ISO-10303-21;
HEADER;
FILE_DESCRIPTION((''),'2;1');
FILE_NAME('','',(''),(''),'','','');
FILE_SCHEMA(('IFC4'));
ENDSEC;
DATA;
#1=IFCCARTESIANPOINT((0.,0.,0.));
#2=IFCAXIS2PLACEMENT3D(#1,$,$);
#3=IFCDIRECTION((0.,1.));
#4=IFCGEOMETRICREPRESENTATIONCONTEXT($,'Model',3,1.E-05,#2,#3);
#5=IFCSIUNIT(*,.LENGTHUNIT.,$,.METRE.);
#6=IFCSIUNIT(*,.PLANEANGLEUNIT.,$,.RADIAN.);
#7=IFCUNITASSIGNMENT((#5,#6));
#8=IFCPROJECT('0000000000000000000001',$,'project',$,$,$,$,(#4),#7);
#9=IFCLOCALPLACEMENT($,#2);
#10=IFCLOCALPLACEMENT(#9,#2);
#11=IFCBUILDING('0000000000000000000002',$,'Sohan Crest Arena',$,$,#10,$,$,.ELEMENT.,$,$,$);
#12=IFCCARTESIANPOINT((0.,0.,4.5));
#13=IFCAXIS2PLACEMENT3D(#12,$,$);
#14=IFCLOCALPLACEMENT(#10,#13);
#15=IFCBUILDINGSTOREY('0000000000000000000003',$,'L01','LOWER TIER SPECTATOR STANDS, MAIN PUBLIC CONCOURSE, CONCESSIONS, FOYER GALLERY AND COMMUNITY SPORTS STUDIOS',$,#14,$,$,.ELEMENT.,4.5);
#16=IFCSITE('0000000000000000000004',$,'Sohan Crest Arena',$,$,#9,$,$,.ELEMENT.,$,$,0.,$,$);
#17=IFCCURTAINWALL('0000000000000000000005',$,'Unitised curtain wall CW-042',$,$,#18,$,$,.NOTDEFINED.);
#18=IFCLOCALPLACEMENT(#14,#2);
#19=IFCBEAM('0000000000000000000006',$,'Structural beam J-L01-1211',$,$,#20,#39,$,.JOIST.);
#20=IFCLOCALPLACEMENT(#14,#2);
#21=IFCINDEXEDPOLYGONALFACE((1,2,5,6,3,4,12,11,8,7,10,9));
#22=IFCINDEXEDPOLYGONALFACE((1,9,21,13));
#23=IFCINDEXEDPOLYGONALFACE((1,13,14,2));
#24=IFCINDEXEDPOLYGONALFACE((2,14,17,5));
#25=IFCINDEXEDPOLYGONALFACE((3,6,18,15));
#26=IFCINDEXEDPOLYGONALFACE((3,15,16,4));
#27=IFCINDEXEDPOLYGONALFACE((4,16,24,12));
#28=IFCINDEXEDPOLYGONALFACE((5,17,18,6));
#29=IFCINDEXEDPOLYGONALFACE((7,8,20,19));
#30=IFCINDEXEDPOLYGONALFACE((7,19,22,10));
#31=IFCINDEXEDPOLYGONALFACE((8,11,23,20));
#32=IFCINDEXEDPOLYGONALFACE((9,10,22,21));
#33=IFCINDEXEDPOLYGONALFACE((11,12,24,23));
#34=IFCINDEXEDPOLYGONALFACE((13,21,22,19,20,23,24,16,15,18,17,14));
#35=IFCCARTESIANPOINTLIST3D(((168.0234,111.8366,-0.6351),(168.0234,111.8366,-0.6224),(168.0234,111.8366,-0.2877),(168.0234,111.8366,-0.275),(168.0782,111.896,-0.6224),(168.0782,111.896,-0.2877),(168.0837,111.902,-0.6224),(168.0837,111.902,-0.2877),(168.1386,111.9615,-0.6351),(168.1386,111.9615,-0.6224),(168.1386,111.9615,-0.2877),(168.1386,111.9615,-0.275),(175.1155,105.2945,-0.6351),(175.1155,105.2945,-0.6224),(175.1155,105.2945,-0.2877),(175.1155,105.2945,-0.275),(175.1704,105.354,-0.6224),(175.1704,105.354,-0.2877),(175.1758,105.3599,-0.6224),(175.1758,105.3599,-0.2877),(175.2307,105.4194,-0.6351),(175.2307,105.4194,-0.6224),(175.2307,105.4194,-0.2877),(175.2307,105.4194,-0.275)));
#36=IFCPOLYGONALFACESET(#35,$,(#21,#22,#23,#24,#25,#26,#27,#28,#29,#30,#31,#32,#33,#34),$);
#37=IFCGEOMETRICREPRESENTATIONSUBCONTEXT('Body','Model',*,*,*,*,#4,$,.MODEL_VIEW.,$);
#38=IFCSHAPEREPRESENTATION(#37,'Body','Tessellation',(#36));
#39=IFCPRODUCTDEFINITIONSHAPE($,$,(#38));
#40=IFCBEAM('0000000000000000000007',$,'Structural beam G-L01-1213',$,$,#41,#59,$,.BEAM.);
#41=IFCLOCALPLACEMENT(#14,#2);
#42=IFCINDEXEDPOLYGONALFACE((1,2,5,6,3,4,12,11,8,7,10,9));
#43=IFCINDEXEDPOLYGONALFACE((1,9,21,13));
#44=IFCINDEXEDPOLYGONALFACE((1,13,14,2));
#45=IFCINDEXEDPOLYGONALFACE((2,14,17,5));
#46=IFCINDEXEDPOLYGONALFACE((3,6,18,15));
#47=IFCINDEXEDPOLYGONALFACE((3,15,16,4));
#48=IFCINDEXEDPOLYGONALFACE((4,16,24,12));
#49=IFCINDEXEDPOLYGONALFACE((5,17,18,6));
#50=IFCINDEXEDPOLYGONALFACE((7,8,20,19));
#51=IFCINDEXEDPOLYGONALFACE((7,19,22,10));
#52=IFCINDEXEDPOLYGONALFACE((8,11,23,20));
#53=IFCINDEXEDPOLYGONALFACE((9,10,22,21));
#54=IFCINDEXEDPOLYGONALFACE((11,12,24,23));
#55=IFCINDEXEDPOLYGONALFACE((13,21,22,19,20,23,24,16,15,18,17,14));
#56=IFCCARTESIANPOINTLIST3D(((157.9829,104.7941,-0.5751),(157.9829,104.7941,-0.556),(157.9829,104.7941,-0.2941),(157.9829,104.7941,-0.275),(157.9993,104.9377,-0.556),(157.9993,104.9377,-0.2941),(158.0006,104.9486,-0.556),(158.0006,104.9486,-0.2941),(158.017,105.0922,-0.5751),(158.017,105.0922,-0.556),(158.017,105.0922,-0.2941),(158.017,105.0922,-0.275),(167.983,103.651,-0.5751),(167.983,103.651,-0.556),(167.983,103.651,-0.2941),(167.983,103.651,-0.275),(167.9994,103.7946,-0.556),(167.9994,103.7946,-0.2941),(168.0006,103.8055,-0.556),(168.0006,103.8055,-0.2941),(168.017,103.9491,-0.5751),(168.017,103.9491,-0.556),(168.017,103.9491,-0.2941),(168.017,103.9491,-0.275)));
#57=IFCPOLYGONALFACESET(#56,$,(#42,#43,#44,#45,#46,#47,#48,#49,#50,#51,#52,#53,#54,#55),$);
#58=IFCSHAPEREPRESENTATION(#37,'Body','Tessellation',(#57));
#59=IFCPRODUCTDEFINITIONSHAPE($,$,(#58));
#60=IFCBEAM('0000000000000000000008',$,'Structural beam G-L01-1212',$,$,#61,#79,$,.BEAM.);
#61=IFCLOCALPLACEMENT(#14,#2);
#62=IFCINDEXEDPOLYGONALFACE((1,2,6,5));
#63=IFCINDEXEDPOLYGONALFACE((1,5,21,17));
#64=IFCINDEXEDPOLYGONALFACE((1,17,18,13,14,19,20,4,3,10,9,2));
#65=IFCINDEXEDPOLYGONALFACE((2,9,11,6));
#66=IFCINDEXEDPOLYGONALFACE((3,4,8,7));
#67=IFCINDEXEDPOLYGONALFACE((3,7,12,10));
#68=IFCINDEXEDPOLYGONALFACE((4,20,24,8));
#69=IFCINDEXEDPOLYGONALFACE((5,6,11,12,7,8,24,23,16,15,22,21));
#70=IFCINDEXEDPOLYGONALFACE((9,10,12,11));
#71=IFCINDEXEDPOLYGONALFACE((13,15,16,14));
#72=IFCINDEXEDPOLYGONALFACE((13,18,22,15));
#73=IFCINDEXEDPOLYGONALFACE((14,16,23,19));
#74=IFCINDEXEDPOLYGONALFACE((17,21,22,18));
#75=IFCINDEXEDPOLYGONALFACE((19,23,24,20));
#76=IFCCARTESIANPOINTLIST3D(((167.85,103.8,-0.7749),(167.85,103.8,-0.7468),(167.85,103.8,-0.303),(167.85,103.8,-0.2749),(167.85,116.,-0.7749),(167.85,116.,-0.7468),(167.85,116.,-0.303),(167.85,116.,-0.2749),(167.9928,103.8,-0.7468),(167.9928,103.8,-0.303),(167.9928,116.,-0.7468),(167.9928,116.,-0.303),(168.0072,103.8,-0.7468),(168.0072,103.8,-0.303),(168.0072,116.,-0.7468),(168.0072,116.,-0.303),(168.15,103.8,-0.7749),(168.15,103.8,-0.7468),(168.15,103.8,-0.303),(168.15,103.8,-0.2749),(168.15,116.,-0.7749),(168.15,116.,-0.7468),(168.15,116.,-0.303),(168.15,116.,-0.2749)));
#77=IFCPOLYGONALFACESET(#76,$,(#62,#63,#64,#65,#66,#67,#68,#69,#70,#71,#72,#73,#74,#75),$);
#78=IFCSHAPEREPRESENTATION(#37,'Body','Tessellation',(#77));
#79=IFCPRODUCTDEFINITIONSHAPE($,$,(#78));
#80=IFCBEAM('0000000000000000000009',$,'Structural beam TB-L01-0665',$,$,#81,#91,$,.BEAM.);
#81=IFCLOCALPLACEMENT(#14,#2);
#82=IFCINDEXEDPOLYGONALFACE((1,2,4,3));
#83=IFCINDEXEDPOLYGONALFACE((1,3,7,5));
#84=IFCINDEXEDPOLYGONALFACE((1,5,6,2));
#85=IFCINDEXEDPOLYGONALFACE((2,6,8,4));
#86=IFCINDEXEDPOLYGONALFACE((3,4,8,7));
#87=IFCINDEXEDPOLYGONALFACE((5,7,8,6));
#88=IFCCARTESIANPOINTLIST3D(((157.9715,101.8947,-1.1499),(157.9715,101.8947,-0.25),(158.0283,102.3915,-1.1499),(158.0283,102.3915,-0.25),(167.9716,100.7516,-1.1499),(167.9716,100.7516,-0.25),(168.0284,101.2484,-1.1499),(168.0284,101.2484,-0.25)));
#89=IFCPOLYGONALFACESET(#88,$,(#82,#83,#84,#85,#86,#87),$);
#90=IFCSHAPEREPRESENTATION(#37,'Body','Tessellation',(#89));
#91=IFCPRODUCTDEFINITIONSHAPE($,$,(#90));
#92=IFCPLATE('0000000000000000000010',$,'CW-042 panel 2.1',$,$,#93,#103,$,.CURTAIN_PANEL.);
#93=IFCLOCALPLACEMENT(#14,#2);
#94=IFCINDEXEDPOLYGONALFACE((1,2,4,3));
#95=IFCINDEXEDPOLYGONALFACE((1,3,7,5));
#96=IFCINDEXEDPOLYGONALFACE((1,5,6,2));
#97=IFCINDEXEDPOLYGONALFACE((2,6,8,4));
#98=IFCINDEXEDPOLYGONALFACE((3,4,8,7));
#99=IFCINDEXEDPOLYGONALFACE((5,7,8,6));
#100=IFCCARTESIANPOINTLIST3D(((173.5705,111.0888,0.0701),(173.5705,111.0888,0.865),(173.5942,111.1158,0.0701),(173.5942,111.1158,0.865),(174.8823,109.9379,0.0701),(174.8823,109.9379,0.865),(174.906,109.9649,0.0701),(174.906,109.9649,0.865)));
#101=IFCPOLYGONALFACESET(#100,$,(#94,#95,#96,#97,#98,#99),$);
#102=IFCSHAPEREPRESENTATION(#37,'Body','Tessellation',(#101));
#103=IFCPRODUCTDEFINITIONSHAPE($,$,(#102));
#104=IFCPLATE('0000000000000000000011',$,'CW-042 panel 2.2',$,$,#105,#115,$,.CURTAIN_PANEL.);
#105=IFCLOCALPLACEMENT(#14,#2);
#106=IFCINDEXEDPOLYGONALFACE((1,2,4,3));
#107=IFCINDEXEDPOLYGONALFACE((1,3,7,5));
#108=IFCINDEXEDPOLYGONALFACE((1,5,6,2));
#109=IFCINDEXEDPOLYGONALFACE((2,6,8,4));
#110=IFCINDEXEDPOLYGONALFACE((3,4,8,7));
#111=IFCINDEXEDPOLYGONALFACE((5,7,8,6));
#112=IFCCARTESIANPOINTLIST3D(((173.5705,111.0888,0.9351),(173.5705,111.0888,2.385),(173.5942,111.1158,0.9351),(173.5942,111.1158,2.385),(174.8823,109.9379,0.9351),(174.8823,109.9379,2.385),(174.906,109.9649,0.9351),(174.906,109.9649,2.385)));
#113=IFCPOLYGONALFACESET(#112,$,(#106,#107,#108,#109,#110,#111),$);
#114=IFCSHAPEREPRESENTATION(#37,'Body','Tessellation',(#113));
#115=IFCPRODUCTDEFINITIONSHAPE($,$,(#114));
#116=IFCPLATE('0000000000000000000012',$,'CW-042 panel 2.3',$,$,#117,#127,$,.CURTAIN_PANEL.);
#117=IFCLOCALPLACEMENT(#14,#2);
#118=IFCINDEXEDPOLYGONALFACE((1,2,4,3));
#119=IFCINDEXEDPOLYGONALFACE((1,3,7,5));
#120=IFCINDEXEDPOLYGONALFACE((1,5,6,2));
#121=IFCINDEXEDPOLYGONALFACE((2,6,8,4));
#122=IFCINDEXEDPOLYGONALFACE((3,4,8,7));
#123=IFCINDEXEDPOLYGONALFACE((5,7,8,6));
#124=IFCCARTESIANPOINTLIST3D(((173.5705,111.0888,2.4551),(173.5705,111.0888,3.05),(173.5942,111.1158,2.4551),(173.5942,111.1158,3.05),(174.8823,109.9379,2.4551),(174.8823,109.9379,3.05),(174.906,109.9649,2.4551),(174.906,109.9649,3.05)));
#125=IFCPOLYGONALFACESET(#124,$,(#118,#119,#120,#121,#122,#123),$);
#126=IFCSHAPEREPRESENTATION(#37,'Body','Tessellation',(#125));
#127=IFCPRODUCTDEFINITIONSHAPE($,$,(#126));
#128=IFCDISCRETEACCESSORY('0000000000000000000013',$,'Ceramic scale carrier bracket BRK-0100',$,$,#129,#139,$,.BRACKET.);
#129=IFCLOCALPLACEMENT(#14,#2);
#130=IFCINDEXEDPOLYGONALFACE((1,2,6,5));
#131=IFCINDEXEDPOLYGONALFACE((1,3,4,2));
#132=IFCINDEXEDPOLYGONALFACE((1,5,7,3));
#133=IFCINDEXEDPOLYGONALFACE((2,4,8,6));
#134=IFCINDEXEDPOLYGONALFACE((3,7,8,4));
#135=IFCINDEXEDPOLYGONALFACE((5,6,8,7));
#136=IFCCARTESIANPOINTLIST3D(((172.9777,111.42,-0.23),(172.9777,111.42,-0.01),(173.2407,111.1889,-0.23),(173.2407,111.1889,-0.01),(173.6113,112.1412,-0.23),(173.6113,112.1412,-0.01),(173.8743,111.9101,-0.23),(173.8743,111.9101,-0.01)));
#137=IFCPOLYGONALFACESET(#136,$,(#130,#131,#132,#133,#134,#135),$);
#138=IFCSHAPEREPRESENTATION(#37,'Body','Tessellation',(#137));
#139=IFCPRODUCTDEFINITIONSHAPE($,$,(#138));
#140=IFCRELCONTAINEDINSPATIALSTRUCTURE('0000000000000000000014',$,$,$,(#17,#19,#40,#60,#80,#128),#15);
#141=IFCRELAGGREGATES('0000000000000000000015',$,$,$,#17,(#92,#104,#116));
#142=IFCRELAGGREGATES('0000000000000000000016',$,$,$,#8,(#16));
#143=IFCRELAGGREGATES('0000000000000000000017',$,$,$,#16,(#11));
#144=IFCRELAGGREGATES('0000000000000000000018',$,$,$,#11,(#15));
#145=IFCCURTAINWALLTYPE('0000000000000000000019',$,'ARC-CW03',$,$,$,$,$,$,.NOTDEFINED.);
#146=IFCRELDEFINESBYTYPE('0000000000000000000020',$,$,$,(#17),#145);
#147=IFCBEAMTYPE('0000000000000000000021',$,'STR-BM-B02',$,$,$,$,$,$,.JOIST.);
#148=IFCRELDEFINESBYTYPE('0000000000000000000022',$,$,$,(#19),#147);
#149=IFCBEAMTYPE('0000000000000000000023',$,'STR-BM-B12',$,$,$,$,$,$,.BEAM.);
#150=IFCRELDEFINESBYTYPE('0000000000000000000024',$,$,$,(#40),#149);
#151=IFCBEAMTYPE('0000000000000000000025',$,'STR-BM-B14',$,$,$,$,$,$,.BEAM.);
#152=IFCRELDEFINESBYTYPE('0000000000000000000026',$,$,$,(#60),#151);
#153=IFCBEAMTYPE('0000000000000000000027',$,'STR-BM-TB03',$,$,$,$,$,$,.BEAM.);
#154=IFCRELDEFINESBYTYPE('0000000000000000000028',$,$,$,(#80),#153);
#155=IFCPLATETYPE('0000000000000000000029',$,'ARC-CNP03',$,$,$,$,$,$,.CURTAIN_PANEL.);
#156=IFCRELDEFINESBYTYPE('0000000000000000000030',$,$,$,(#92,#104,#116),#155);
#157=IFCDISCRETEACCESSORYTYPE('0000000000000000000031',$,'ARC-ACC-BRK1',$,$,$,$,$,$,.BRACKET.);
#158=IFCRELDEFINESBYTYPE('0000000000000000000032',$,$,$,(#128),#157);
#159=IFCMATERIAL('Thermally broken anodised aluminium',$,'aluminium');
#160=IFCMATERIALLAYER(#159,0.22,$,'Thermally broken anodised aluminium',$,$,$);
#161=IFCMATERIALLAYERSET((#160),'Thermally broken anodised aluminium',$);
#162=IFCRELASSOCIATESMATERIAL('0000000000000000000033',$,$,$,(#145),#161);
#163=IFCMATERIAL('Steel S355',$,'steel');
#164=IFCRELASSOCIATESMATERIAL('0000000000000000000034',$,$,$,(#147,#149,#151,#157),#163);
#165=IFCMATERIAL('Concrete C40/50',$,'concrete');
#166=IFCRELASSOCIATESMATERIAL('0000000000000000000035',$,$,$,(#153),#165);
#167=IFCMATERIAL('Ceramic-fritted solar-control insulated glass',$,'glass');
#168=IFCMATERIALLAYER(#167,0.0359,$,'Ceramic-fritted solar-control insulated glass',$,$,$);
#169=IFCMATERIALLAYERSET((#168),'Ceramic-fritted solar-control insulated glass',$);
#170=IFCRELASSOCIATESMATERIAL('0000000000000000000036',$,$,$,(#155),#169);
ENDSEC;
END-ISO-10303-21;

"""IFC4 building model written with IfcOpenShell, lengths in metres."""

from ifc_helpers import new_model, si_unit, direction, frame, origin, origin_2d, place, context, subcontext, project, spatial, rectangle, i_section, extrude, material, layer, layer_set, material_profile, profile_set, type_object, element, aggregate, save


model = new_model("IFC4")

# Units and contexts
model_context = context("Model", 3, precision=1e-05, world=origin(), true_north=direction((0.0, 1.0)))
body_context = subcontext(model_context, "Body", "Model", "MODEL_VIEW")
ifc_project = project(units=[si_unit("LENGTHUNIT", "METRE"), si_unit("PLANEANGLEUNIT", "RADIAN")], contexts=[model_context])

# Site, building, storey
site_placement = place(None, origin())
site = spatial("IfcSite", under=ifc_project, at=site_placement, Name="Sohan Crest Arena", CompositionType="ELEMENT", RefElevation=0.0)
building_placement = place(site_placement, origin())
building = spatial("IfcBuilding", under=site, at=building_placement, Name="Sohan Crest Arena", CompositionType="ELEMENT")
storey_placement = place(building_placement, frame((0.0, 0.0, 4.5)))
storey = spatial("IfcBuildingStorey", under=building, at=storey_placement, Name="L01", Description="LOWER TIER SPECTATOR STANDS, MAIN PUBLIC CONCOURSE, CONCESSIONS, FOYER GALLERY AND COMMUNITY SPORTS STUDIOS", CompositionType="ELEMENT", Elevation=4.5)

# Shared definitions
ifc_material_1 = material(Name="Steel S355", Category="steel")

# Curtain wall
ifc_material_2 = material(Name="Thermally broken anodised aluminium", Category="aluminium")
ifc_layer_1 = layer(ifc_material_2, 0.22, Name="Thermally broken anodised aluminium")
ifc_layer_set_1 = layer_set([ifc_layer_1], Name="Thermally broken anodised aluminium")
curtain_wall_type = type_object("IfcCurtainWallType", Name="ARC-CW03", PredefinedType="NOTDEFINED", material=ifc_layer_set_1)
curtain_wall_placement = place(storey_placement, origin())
curtain_wall = element("IfcCurtainWall", 1, at=curtain_wall_placement, inside=storey, type_object=curtain_wall_type, Name="Unitised curtain wall CW-042", PredefinedType="NOTDEFINED")

# Beams
ifc_material_profile_1 = material_profile(ifc_material_1, i_section(OverallWidth=0.1699, OverallDepth=0.3601, WebThickness=0.0081, FlangeThickness=0.0127, at=origin_2d()), Name="IPE 360")
ifc_profile_set_1 = profile_set([ifc_material_profile_1], Name="Steel S355")
beam_type_1 = type_object("IfcBeamType", Name="STR-BM-B02", PredefinedType="JOIST", material=ifc_profile_set_1)
beam_1_placement = place(storey_placement, frame((175.1731, 105.3569, -0.4551), z_axis=(-0.735036, 0.678028, 0.0), x_axis=(-0.678028, -0.735036, 0.0)))
element("IfcBeam", 2, at=beam_1_placement, inside=storey, type_object=beam_type_1, Name="Structural beam J-L01-1211", PredefinedType="JOIST", context=body_context, shape_type="SweptSolid", body=[
    extrude(i_section(OverallWidth=0.1699, OverallDepth=0.3601, WebThickness=0.0081, FlangeThickness=0.0127, at=origin_2d()), origin(), (0.0, 0.0, 1.0), 9.6487),
])
ifc_material_profile_2 = material_profile(ifc_material_1, i_section(OverallWidth=0.3, OverallDepth=0.3, WebThickness=0.011, FlangeThickness=0.019, at=origin_2d()), Name="HEB 300")
ifc_profile_set_2 = profile_set([ifc_material_profile_2], Name="Steel S355")
beam_type_2 = type_object("IfcBeamType", Name="STR-BM-B12", PredefinedType="BEAM", material=ifc_profile_set_2)
beam_2_placement = place(storey_placement, frame((168.0, 103.8, -0.425), z_axis=(-0.99353, 0.113567, 0.0), x_axis=(-0.113567, -0.99353, 0.0)))
element("IfcBeam", 3, at=beam_2_placement, inside=storey, type_object=beam_type_2, Name="Structural beam G-L01-1213", PredefinedType="BEAM", context=body_context, shape_type="SweptSolid", body=[
    extrude(i_section(OverallWidth=0.3, OverallDepth=0.3, WebThickness=0.011, FlangeThickness=0.019, at=origin_2d()), origin(), (0.0, 0.0, 1.0), 10.0652),
])
ifc_material_profile_3 = material_profile(ifc_material_1, i_section(OverallWidth=0.3, OverallDepth=0.5, WebThickness=0.0144, FlangeThickness=0.0281, at=origin_2d()), Name="HEB 500")
ifc_profile_set_3 = profile_set([ifc_material_profile_3], Name="Steel S355")
beam_type_3 = type_object("IfcBeamType", Name="STR-BM-B14", PredefinedType="BEAM", material=ifc_profile_set_3)
beam_3_placement = place(storey_placement, frame((168.0, 103.8, -0.5249), z_axis=(0.0, 1.0, 0.0), x_axis=(-1.0, 0.0, 0.0)))
element("IfcBeam", 4, at=beam_3_placement, inside=storey, type_object=beam_type_3, Name="Structural beam G-L01-1212", PredefinedType="BEAM", context=body_context, shape_type="SweptSolid", body=[
    extrude(i_section(OverallWidth=0.3, OverallDepth=0.5, WebThickness=0.0144, FlangeThickness=0.0281, at=origin_2d()), origin(), (0.0, 0.0, 1.0), 12.2),
])
ifc_material_3 = material(Name="Concrete C40/50", Category="concrete")
ifc_material_profile_4 = material_profile(ifc_material_3, rectangle(XDim=0.5, YDim=0.8999, at=origin_2d()), Name="RC-BM 500x900")
ifc_profile_set_4 = profile_set([ifc_material_profile_4], Name="Concrete C40/50")
beam_type_4 = type_object("IfcBeamType", Name="STR-BM-TB03", PredefinedType="BEAM", material=ifc_profile_set_4)
beam_4_placement = place(storey_placement, frame((168.0, 101.0, -0.7), z_axis=(-0.99353, 0.113567, 0.0), x_axis=(-0.113567, -0.99353, 0.0)))
element("IfcBeam", 5, at=beam_4_placement, inside=storey, type_object=beam_type_4, Name="Structural beam TB-L01-0665", PredefinedType="BEAM", context=body_context, shape_type="SweptSolid", body=[
    extrude(rectangle(XDim=0.5, YDim=0.8999, at=origin_2d()), origin(), (0.0, 0.0, 1.0), 10.0652),
])

# Plates
ifc_material_4 = material(Name="Ceramic-fritted solar-control insulated glass", Category="glass")
ifc_layer_2 = layer(ifc_material_4, 0.0359, Name="Ceramic-fritted solar-control insulated glass")
ifc_layer_set_2 = layer_set([ifc_layer_2], Name="Ceramic-fritted solar-control insulated glass")
plate_type = type_object("IfcPlateType", Name="ARC-CNP03", PredefinedType="CURTAIN_PANEL", material=ifc_layer_set_2)
plate_1_placement = place(storey_placement, frame((174.2383, 110.5269, 0.0701), z_axis=(0.0, 0.0, 1.0), x_axis=(-0.751694, 0.659512, 0.0)))
plate_1 = element("IfcPlate", 6, at=plate_1_placement, type_object=plate_type, Name="CW-042 panel 2.1", PredefinedType="CURTAIN_PANEL", context=body_context, shape_type="SweptSolid", body=[
    extrude(rectangle(XDim=1.7451, YDim=0.0359, at=origin_2d()), origin(), (0.0, 0.0, 1.0), 0.7949),
])
plate_2_placement = place(storey_placement, frame((174.2383, 110.5269, 0.9351), z_axis=(0.0, 0.0, 1.0), x_axis=(-0.751694, 0.659512, 0.0)))
plate_2 = element("IfcPlate", 7, at=plate_2_placement, type_object=plate_type, Name="CW-042 panel 2.2", PredefinedType="CURTAIN_PANEL", context=body_context, shape_type="SweptSolid", body=[
    extrude(rectangle(XDim=1.7451, YDim=0.0359, at=origin_2d()), origin(), (0.0, 0.0, 1.0), 1.45),
])
plate_3_placement = place(storey_placement, frame((174.2383, 110.5269, 2.4551), z_axis=(0.0, 0.0, 1.0), x_axis=(-0.751694, 0.659512, 0.0)))
plate_3 = element("IfcPlate", 8, at=plate_3_placement, type_object=plate_type, Name="CW-042 panel 2.3", PredefinedType="CURTAIN_PANEL", context=body_context, shape_type="SweptSolid", body=[
    extrude(rectangle(XDim=1.7451, YDim=0.0359, at=origin_2d()), origin(), (0.0, 0.0, 1.0), 0.595),
])
aggregate(curtain_wall, [plate_1, plate_2, plate_3])

# Discrete accessory
discrete_accessory_type = type_object("IfcDiscreteAccessoryType", Name="ARC-ACC-BRK1", PredefinedType="BRACKET", material=ifc_material_1)
discrete_accessory_placement = place(storey_placement, frame((173.426, 111.665, -0.23), z_axis=(0.0, 0.0, 1.0), x_axis=(-0.751264, 0.660002, 0.0)))
element("IfcDiscreteAccessory", 9, at=discrete_accessory_placement, inside=storey, type_object=discrete_accessory_type, Name="Ceramic scale carrier bracket BRK-0100", PredefinedType="BRACKET", context=body_context, shape_type="SweptSolid", body=[
    extrude(rectangle(XDim=0.3501, YDim=0.96, at=origin_2d()), origin(), (0.0, 0.0, 1.0), 0.22),
])

save(model, "model.ifc")
